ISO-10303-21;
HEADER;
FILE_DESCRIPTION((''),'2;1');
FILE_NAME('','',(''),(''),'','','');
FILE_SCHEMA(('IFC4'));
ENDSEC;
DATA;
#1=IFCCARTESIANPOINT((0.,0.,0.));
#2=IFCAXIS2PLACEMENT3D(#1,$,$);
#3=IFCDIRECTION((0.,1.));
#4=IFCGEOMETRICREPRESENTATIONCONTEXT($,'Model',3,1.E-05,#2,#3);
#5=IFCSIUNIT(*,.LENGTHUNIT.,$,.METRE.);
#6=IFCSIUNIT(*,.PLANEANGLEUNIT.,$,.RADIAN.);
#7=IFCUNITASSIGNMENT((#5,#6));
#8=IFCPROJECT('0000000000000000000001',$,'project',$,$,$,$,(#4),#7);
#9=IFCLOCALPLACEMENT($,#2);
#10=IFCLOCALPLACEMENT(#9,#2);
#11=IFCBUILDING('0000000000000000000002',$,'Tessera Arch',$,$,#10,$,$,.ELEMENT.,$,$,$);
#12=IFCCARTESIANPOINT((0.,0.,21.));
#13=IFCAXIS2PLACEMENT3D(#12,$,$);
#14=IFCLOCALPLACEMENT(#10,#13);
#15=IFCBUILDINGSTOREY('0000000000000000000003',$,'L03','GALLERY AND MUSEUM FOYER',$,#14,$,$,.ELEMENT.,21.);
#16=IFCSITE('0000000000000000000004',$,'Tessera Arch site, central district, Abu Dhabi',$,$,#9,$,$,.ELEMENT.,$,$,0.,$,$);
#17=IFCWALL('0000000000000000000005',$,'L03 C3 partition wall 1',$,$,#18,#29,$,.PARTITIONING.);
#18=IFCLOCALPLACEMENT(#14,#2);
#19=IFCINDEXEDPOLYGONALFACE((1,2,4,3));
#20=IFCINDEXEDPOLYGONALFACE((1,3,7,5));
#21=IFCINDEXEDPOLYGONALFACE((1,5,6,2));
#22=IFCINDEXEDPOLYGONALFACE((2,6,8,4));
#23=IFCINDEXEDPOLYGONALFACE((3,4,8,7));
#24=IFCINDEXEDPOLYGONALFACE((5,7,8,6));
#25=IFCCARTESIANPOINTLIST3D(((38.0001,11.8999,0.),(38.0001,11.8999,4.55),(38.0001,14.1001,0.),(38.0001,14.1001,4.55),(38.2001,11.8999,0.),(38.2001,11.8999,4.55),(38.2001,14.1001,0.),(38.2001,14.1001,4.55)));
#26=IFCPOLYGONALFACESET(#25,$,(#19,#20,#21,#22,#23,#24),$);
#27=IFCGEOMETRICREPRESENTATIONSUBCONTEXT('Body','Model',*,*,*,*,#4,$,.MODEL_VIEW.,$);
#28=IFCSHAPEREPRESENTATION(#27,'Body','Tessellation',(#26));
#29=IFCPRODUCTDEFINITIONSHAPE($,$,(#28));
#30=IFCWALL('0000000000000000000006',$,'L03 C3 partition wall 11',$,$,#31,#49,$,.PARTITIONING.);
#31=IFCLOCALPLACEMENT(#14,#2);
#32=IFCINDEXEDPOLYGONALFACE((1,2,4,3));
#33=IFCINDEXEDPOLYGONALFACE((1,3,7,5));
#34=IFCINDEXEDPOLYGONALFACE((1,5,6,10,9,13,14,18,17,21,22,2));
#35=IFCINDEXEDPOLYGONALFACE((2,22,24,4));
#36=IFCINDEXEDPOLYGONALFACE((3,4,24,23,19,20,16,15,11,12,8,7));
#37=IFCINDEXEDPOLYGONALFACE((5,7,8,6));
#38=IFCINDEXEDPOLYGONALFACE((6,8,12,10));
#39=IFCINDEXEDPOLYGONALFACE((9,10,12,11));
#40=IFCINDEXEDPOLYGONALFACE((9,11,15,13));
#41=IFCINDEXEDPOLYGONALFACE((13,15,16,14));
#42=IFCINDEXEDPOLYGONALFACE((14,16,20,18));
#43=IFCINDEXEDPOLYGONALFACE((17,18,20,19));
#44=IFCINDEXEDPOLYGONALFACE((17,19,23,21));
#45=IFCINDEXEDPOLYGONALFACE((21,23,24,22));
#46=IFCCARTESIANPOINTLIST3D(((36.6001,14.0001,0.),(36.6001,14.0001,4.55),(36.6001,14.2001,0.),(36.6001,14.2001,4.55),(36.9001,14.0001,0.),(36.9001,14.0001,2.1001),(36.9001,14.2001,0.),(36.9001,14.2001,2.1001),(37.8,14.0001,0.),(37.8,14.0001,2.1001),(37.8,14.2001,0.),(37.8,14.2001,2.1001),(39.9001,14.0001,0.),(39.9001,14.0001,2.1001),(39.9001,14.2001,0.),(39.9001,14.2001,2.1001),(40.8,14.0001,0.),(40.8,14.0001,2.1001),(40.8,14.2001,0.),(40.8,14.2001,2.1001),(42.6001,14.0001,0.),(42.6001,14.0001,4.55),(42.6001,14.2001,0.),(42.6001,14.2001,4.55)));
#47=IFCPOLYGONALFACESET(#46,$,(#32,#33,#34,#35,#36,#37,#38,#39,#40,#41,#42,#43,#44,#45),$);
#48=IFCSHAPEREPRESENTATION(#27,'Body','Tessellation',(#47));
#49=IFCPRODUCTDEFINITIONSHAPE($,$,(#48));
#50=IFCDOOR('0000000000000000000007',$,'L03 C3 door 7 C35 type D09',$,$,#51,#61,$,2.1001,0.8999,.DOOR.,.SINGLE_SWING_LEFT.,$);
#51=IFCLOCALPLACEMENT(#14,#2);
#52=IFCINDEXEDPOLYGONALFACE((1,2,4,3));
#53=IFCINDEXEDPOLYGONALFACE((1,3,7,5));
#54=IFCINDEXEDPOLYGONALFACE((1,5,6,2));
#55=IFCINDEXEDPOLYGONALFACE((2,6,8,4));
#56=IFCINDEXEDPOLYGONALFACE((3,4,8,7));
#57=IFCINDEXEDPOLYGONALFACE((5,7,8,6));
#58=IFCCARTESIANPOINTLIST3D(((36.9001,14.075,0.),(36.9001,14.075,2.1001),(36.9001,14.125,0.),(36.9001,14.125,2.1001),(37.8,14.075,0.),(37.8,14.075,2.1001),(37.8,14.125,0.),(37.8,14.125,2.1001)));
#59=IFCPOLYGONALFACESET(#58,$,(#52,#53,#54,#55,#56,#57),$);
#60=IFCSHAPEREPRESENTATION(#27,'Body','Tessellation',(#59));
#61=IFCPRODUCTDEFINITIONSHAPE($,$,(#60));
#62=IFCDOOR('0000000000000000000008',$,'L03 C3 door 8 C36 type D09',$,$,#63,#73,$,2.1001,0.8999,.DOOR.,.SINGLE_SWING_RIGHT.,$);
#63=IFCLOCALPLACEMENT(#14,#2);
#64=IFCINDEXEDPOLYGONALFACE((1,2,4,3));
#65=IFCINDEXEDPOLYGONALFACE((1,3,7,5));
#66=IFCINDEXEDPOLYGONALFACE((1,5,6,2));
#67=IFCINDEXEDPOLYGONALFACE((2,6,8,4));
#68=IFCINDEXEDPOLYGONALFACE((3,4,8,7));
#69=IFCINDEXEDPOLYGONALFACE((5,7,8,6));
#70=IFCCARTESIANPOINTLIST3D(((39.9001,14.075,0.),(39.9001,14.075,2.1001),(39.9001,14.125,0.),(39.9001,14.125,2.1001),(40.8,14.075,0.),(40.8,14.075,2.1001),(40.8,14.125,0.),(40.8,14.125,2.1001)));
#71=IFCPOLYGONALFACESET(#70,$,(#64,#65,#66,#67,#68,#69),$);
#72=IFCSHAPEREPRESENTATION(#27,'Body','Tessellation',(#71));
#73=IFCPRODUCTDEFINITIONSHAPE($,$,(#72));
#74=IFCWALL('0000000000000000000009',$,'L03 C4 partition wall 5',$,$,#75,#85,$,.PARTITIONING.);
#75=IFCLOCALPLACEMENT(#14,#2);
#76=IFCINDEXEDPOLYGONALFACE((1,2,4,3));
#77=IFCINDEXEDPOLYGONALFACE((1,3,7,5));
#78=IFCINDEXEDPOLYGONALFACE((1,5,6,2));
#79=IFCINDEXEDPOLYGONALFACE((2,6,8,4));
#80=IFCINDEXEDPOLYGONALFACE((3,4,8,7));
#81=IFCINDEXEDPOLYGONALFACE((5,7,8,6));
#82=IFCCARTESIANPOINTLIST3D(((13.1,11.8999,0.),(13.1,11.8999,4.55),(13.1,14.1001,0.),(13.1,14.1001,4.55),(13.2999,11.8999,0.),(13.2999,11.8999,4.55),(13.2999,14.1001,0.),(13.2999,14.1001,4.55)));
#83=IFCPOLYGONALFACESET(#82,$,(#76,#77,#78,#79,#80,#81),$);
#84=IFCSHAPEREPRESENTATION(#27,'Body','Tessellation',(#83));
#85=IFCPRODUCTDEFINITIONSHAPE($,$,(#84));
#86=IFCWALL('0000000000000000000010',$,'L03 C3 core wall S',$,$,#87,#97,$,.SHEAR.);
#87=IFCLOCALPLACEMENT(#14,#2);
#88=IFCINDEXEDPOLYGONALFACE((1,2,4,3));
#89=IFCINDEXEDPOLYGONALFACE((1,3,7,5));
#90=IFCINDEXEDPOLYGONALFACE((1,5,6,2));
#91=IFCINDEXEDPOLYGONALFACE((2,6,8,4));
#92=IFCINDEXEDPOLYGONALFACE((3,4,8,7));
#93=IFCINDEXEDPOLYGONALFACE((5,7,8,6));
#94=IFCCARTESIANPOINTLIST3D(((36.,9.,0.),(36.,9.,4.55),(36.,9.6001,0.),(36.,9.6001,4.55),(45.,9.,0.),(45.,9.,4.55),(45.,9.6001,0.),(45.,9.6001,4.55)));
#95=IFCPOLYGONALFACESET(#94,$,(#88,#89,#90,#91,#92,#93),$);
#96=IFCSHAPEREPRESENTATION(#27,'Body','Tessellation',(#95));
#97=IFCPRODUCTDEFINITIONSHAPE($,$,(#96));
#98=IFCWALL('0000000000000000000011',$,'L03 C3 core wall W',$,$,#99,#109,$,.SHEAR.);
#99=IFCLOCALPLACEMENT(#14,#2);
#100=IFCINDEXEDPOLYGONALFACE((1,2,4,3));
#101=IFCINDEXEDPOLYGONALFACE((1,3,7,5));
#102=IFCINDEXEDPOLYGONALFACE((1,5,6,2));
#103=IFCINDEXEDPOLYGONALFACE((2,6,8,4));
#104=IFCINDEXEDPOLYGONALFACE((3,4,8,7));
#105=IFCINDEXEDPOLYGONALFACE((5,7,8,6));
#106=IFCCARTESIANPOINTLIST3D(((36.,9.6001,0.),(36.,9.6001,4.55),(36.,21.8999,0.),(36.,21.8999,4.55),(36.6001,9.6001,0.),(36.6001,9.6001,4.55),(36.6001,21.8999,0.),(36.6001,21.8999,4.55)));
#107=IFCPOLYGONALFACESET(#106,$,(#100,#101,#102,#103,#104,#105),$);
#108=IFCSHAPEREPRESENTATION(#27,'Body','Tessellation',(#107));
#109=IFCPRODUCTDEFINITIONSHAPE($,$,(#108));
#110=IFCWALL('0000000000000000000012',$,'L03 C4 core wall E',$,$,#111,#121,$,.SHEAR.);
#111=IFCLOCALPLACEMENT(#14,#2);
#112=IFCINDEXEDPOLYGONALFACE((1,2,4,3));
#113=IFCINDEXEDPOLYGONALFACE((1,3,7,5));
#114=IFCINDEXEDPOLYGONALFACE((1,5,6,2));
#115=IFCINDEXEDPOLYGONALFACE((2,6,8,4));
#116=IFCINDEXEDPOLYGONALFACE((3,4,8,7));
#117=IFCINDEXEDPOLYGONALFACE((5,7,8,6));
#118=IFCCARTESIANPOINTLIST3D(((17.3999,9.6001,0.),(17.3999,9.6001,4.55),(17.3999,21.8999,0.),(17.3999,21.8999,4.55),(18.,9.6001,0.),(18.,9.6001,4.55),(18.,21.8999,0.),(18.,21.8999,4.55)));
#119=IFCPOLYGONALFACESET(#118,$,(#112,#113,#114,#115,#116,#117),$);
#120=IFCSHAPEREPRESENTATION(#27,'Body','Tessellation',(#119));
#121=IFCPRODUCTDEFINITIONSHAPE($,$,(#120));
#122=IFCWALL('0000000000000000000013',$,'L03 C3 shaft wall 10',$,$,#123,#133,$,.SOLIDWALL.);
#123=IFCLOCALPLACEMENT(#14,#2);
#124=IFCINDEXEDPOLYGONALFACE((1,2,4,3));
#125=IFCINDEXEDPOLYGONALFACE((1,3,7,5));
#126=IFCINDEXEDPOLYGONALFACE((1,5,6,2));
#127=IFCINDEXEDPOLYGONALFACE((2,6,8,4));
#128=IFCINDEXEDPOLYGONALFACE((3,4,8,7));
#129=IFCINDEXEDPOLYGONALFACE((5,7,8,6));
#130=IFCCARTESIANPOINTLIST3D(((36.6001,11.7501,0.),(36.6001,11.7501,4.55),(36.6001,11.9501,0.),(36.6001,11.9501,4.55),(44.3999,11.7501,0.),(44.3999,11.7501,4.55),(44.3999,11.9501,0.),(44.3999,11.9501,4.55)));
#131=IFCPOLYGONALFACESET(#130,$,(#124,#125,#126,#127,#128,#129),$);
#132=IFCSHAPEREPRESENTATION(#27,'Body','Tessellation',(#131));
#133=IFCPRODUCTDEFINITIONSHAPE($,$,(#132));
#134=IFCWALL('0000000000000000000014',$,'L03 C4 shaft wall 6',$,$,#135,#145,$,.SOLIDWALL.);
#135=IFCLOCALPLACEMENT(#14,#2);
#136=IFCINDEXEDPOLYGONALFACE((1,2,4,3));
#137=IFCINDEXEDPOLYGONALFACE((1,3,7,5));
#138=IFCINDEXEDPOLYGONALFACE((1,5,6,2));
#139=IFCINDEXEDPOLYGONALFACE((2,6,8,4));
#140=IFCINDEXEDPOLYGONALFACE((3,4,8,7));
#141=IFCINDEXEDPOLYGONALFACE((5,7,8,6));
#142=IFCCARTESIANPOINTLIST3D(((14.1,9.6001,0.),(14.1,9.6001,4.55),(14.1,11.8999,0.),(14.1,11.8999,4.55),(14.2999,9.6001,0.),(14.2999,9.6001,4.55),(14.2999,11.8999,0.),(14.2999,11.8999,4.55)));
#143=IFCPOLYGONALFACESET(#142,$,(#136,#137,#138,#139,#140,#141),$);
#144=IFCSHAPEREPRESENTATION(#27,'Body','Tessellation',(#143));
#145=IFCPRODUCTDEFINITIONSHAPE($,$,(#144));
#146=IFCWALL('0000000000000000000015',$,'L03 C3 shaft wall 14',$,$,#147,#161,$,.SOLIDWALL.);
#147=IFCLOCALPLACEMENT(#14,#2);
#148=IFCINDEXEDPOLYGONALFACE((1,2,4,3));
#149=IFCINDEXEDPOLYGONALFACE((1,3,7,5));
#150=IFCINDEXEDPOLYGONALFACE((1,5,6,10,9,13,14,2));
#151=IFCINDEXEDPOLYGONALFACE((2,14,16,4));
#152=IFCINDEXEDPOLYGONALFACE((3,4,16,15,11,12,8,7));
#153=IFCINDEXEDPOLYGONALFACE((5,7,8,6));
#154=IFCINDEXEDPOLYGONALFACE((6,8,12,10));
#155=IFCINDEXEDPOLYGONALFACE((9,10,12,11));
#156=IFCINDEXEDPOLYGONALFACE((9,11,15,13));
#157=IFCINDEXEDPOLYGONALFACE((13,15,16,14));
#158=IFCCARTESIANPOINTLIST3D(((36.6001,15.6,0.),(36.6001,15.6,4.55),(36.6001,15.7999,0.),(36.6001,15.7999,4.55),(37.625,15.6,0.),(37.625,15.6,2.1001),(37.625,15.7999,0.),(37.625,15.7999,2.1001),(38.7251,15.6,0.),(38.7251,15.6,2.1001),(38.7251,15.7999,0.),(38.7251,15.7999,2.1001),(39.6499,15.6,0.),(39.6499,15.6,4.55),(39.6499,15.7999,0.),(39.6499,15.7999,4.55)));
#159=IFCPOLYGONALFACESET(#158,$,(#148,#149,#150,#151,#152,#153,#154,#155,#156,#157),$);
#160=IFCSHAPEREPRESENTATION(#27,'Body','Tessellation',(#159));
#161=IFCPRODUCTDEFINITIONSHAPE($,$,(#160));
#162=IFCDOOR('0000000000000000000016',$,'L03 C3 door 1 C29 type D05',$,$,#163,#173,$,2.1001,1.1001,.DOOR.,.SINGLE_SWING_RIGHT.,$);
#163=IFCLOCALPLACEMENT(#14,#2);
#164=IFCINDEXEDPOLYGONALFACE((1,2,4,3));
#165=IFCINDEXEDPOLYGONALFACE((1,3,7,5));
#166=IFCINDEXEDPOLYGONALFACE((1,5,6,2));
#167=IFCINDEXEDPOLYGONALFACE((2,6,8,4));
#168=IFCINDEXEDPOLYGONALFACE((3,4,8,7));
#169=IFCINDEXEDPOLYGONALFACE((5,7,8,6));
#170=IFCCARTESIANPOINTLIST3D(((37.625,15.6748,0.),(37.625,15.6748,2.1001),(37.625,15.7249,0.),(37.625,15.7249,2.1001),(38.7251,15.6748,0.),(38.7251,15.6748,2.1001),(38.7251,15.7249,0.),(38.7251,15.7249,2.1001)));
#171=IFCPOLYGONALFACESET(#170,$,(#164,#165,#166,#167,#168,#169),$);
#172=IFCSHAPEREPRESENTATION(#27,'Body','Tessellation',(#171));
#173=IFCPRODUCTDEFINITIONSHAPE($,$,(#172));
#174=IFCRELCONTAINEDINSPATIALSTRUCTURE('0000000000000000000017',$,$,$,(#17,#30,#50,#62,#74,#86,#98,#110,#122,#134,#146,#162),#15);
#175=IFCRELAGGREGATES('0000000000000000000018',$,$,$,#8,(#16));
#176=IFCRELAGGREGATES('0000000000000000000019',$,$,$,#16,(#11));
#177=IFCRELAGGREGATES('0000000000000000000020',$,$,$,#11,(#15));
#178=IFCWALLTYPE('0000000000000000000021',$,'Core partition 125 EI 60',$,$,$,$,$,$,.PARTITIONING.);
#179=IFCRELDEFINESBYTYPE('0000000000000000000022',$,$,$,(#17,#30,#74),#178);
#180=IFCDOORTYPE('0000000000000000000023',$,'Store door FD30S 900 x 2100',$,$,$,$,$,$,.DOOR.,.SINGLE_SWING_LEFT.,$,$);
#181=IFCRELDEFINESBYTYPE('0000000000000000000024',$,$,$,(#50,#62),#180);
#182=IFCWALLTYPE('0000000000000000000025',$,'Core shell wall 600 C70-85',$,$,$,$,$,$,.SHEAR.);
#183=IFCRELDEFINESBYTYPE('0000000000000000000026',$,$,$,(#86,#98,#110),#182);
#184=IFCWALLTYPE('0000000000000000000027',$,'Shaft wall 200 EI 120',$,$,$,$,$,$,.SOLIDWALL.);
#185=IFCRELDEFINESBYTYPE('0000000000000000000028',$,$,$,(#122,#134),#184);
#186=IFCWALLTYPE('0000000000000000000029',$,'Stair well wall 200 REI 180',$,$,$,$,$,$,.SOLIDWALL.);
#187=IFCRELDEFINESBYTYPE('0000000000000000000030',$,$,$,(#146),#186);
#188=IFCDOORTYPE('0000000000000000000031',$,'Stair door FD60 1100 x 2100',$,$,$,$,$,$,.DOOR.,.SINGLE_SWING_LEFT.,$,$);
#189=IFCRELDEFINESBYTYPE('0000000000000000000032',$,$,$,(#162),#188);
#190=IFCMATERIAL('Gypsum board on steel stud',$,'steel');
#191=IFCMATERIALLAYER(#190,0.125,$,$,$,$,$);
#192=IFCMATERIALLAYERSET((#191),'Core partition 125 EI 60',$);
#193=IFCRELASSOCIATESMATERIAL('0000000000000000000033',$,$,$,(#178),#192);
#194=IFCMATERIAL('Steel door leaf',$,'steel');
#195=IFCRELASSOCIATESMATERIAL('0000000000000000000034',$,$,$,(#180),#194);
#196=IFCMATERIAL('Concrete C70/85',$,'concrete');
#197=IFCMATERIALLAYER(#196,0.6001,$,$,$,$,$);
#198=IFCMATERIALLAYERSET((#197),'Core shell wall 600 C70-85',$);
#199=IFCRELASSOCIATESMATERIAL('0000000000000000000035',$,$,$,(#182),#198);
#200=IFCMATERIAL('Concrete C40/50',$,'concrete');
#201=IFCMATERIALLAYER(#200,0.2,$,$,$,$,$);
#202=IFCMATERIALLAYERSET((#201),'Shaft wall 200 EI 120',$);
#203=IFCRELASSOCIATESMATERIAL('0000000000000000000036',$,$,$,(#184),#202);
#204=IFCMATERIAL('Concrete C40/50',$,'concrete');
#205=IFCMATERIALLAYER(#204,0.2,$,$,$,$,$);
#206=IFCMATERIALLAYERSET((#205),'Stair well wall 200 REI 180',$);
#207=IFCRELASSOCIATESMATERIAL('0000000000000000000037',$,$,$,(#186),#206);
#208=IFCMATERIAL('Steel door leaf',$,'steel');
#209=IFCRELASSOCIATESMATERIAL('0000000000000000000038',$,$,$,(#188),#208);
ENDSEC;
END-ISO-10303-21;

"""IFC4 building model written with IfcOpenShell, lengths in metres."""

from ifc_helpers import new_model, si_unit, direction, frame, frame_2d, origin, place, context, subcontext, project, spatial, rectangle, extrude, material, layer, layer_set, type_object, element, fill, save


model = new_model("IFC4")

# Units and contexts
model_context = context("Model", 3, precision=1e-05, world=origin(), true_north=direction((0.0, 1.0)))
body_context = subcontext(model_context, "Body", "Model", "MODEL_VIEW")
ifc_project = project(units=[si_unit("LENGTHUNIT", "METRE"), si_unit("PLANEANGLEUNIT", "RADIAN")], contexts=[model_context])

# Site, building, storey
site_placement = place(None, origin())
site = spatial("IfcSite", under=ifc_project, at=site_placement, Name="Tessera Arch site, central district, Abu Dhabi", CompositionType="ELEMENT", RefElevation=0.0)
building_placement = place(site_placement, origin())
building = spatial("IfcBuilding", under=site, at=building_placement, Name="Tessera Arch", CompositionType="ELEMENT")
storey_placement = place(building_placement, frame((0.0, 0.0, 21.0)))
storey = spatial("IfcBuildingStorey", under=building, at=storey_placement, Name="L03", Description="GALLERY AND MUSEUM FOYER", CompositionType="ELEMENT", Elevation=21.0)

# Wall
ifc_material_1 = material(Name="Gypsum board on steel stud", Category="steel")
ifc_layer_1 = layer(ifc_material_1, 0.125)
ifc_layer_set_1 = layer_set([ifc_layer_1], Name="Core partition 125 EI 60")
wall_type_1 = type_object("IfcWallType", Name="Core partition 125 EI 60", PredefinedType="PARTITIONING", material=ifc_layer_set_1)
wall_1_placement = place(storey_placement, frame((38.1001, 11.8999, 0.0), z_axis=(0.0, 0.0, 1.0), x_axis=(0.0, 1.0, 0.0)))
element("IfcWall", 1, at=wall_1_placement, inside=storey, type_object=wall_type_1, Name="L03 C3 partition wall 1", PredefinedType="PARTITIONING", context=body_context, shape_type="SweptSolid", body=[
    extrude(rectangle(XDim=2.2002, YDim=0.2, at=frame_2d((1.1001, 0.0))), origin(), (0.0, 0.0, 1.0), 4.55),
])

# Wall, openings, doors
wall_2_placement = place(storey_placement, frame((36.6001, 14.1001, 0.0), z_axis=(0.0, 0.0, 1.0), x_axis=(1.0, 0.0, 0.0)))
wall_2 = element("IfcWall", 2, at=wall_2_placement, inside=storey, type_object=wall_type_1, Name="L03 C3 partition wall 11", PredefinedType="PARTITIONING", context=body_context, shape_type="SweptSolid", body=[
    extrude(rectangle(XDim=6.0, YDim=0.2, at=frame_2d((3.0, 0.0))), origin(), (0.0, 0.0, 1.0), 4.55),
])
opening_1_placement = place(wall_2_placement, frame((0.3, 0.0, 0.0)))
opening_1 = element("IfcOpeningElement", 3, at=opening_1_placement, cuts=wall_2, PredefinedType="OPENING", context=body_context, shape_type="SweptSolid", body=[
    extrude(rectangle(XDim=0.8999, YDim=2.1001, at=frame_2d((0.45, 1.05))), frame((0.0, 0.1099, 0.0), z_axis=(0.0, -1.0, 0.0), x_axis=(1.0, 0.0, 0.0)), (0.0, 0.0, 1.0), 0.22),
])
opening_2_placement = place(wall_2_placement, frame((3.3, 0.0, 0.0)))
opening_2 = element("IfcOpeningElement", 4, at=opening_2_placement, cuts=wall_2, PredefinedType="OPENING", context=body_context, shape_type="SweptSolid", body=[
    extrude(rectangle(XDim=0.8999, YDim=2.1001, at=frame_2d((0.45, 1.05))), frame((0.0, 0.1099, 0.0), z_axis=(0.0, -1.0, 0.0), x_axis=(1.0, 0.0, 0.0)), (0.0, 0.0, 1.0), 0.22),
])
ifc_material_2 = material(Name="Steel door leaf", Category="steel")
door_type_1 = type_object("IfcDoorType", Name="Store door FD30S 900 x 2100", OperationType="SINGLE_SWING_LEFT", PredefinedType="DOOR", material=ifc_material_2)
door_1_placement = place(opening_1_placement, origin())
door_1 = element("IfcDoor", 5, at=door_1_placement, inside=storey, type_object=door_type_1, Name="L03 C3 door 7 C35 type D09", OperationType="SINGLE_SWING_LEFT", OverallHeight=2.1001, OverallWidth=0.8999, PredefinedType="DOOR", context=body_context, shape_type="SweptSolid", body=[
    extrude(rectangle(XDim=0.8999, YDim=2.1001, at=frame_2d((0.45, 1.05))), frame((0.0, 0.0249, 0.0), z_axis=(0.0, -1.0, 0.0), x_axis=(1.0, 0.0, 0.0)), (0.0, 0.0, 1.0), 0.05),
])
fill(opening_1, door_1)
door_2_placement = place(opening_2_placement, origin())
door_2 = element("IfcDoor", 6, at=door_2_placement, inside=storey, type_object=door_type_1, Name="L03 C3 door 8 C36 type D09", OperationType="SINGLE_SWING_RIGHT", OverallHeight=2.1001, OverallWidth=0.8999, PredefinedType="DOOR", context=body_context, shape_type="SweptSolid", body=[
    extrude(rectangle(XDim=0.8999, YDim=2.1001, at=frame_2d((0.45, 1.05))), frame((0.0, 0.0249, 0.0), z_axis=(0.0, -1.0, 0.0), x_axis=(1.0, 0.0, 0.0)), (0.0, 0.0, 1.0), 0.05),
])
fill(opening_2, door_2)

# Walls
wall_3_placement = place(storey_placement, frame((13.2, 11.8999, 0.0), z_axis=(0.0, 0.0, 1.0), x_axis=(0.0, 1.0, 0.0)))
element("IfcWall", 7, at=wall_3_placement, inside=storey, type_object=wall_type_1, Name="L03 C4 partition wall 5", PredefinedType="PARTITIONING", context=body_context, shape_type="SweptSolid", body=[
    extrude(rectangle(XDim=2.2002, YDim=0.2, at=frame_2d((1.1001, 0.0))), origin(), (0.0, 0.0, 1.0), 4.55),
])
ifc_material_3 = material(Name="Concrete C70/85", Category="concrete")
ifc_layer_2 = layer(ifc_material_3, 0.6001)
ifc_layer_set_2 = layer_set([ifc_layer_2], Name="Core shell wall 600 C70-85")
wall_type_2 = type_object("IfcWallType", Name="Core shell wall 600 C70-85", PredefinedType="SHEAR", material=ifc_layer_set_2)
wall_4_placement = place(storey_placement, frame((36.0, 9.3, 0.0), z_axis=(0.0, 0.0, 1.0), x_axis=(1.0, 0.0, 0.0)))
element("IfcWall", 8, at=wall_4_placement, inside=storey, type_object=wall_type_2, Name="L03 C3 core wall S", PredefinedType="SHEAR", context=body_context, shape_type="SweptSolid", body=[
    extrude(rectangle(XDim=9.0, YDim=0.6001, at=frame_2d((4.5, 0.0))), origin(), (0.0, 0.0, 1.0), 4.55),
])
for number, where, z_axis, x_axis, name in (
    (9, (36.3, 9.6001, 0.0), (0.0, 0.0, 1.0), (0.0, 1.0, 0.0), "L03 C3 core wall W"),
    (10, (17.7, 9.6001, 0.0), (0.0, 0.0, 1.0), (0.0, 1.0, 0.0), "L03 C4 core wall E"),
):
    element("IfcWall", number, at=place(storey_placement, frame(where, z_axis=z_axis, x_axis=x_axis)), inside=storey, type_object=wall_type_2, Name=name, PredefinedType="SHEAR", context=body_context, shape_type="SweptSolid", body=[
        extrude(rectangle(XDim=12.2998, YDim=0.6001, at=frame_2d((6.1499, 0.0))), origin(), (0.0, 0.0, 1.0), 4.55),
    ])
ifc_material_4 = material(Name="Concrete C40/50", Category="concrete")
ifc_layer_3 = layer(ifc_material_4, 0.2)
ifc_layer_set_3 = layer_set([ifc_layer_3], Name="Shaft wall 200 EI 120")
wall_type_3 = type_object("IfcWallType", Name="Shaft wall 200 EI 120", PredefinedType="SOLIDWALL", material=ifc_layer_set_3)
wall_5_placement = place(storey_placement, frame((36.6001, 11.8501, 0.0), z_axis=(0.0, 0.0, 1.0), x_axis=(1.0, 0.0, 0.0)))
element("IfcWall", 11, at=wall_5_placement, inside=storey, type_object=wall_type_3, Name="L03 C3 shaft wall 10", PredefinedType="SOLIDWALL", context=body_context, shape_type="SweptSolid", body=[
    extrude(rectangle(XDim=7.7998, YDim=0.2, at=frame_2d((3.8999, 0.0))), origin(), (0.0, 0.0, 1.0), 4.55),
])
wall_6_placement = place(storey_placement, frame((14.2, 9.6001, 0.0), z_axis=(0.0, 0.0, 1.0), x_axis=(0.0, 1.0, 0.0)))
element("IfcWall", 12, at=wall_6_placement, inside=storey, type_object=wall_type_3, Name="L03 C4 shaft wall 6", PredefinedType="SOLIDWALL", context=body_context, shape_type="SweptSolid", body=[
    extrude(rectangle(XDim=2.2998, YDim=0.2, at=frame_2d((1.1499, 0.0))), origin(), (0.0, 0.0, 1.0), 4.55),
])

# Wall, opening, door
ifc_material_5 = material(Name="Concrete C40/50", Category="concrete")
ifc_layer_4 = layer(ifc_material_5, 0.2)
ifc_layer_set_4 = layer_set([ifc_layer_4], Name="Stair well wall 200 REI 180")
wall_type_4 = type_object("IfcWallType", Name="Stair well wall 200 REI 180", PredefinedType="SOLIDWALL", material=ifc_layer_set_4)
wall_7_placement = place(storey_placement, frame((36.6001, 15.7, 0.0), z_axis=(0.0, 0.0, 1.0), x_axis=(1.0, 0.0, 0.0)))
wall_7 = element("IfcWall", 13, at=wall_7_placement, inside=storey, type_object=wall_type_4, Name="L03 C3 shaft wall 14", PredefinedType="SOLIDWALL", context=body_context, shape_type="SweptSolid", body=[
    extrude(rectangle(XDim=3.0498, YDim=0.2, at=frame_2d((1.5249, 0.0))), origin(), (0.0, 0.0, 1.0), 4.55),
])
opening_3_placement = place(wall_7_placement, frame((1.0249, 0.0, 0.0)))
opening_3 = element("IfcOpeningElement", 14, at=opening_3_placement, cuts=wall_7, PredefinedType="OPENING", context=body_context, shape_type="SweptSolid", body=[
    extrude(rectangle(XDim=1.1001, YDim=2.1001, at=frame_2d((0.55, 1.05))), frame((0.0, 0.1099, 0.0), z_axis=(0.0, -1.0, 0.0), x_axis=(1.0, 0.0, 0.0)), (0.0, 0.0, 1.0), 0.22),
])
ifc_material_6 = material(Name="Steel door leaf", Category="steel")
door_type_2 = type_object("IfcDoorType", Name="Stair door FD60 1100 x 2100", OperationType="SINGLE_SWING_LEFT", PredefinedType="DOOR", material=ifc_material_6)
door_3_placement = place(opening_3_placement, origin())
door_3 = element("IfcDoor", 15, at=door_3_placement, inside=storey, type_object=door_type_2, Name="L03 C3 door 1 C29 type D05", OperationType="SINGLE_SWING_RIGHT", OverallHeight=2.1001, OverallWidth=1.1001, PredefinedType="DOOR", context=body_context, shape_type="SweptSolid", body=[
    extrude(rectangle(XDim=1.1001, YDim=2.1001, at=frame_2d((0.55, 1.05))), frame((0.0, 0.0249, 0.0), z_axis=(0.0, -1.0, 0.0), x_axis=(1.0, 0.0, 0.0)), (0.0, 0.0, 1.0), 0.05),
])
fill(opening_3, door_3)

save(model, "model.ifc")
